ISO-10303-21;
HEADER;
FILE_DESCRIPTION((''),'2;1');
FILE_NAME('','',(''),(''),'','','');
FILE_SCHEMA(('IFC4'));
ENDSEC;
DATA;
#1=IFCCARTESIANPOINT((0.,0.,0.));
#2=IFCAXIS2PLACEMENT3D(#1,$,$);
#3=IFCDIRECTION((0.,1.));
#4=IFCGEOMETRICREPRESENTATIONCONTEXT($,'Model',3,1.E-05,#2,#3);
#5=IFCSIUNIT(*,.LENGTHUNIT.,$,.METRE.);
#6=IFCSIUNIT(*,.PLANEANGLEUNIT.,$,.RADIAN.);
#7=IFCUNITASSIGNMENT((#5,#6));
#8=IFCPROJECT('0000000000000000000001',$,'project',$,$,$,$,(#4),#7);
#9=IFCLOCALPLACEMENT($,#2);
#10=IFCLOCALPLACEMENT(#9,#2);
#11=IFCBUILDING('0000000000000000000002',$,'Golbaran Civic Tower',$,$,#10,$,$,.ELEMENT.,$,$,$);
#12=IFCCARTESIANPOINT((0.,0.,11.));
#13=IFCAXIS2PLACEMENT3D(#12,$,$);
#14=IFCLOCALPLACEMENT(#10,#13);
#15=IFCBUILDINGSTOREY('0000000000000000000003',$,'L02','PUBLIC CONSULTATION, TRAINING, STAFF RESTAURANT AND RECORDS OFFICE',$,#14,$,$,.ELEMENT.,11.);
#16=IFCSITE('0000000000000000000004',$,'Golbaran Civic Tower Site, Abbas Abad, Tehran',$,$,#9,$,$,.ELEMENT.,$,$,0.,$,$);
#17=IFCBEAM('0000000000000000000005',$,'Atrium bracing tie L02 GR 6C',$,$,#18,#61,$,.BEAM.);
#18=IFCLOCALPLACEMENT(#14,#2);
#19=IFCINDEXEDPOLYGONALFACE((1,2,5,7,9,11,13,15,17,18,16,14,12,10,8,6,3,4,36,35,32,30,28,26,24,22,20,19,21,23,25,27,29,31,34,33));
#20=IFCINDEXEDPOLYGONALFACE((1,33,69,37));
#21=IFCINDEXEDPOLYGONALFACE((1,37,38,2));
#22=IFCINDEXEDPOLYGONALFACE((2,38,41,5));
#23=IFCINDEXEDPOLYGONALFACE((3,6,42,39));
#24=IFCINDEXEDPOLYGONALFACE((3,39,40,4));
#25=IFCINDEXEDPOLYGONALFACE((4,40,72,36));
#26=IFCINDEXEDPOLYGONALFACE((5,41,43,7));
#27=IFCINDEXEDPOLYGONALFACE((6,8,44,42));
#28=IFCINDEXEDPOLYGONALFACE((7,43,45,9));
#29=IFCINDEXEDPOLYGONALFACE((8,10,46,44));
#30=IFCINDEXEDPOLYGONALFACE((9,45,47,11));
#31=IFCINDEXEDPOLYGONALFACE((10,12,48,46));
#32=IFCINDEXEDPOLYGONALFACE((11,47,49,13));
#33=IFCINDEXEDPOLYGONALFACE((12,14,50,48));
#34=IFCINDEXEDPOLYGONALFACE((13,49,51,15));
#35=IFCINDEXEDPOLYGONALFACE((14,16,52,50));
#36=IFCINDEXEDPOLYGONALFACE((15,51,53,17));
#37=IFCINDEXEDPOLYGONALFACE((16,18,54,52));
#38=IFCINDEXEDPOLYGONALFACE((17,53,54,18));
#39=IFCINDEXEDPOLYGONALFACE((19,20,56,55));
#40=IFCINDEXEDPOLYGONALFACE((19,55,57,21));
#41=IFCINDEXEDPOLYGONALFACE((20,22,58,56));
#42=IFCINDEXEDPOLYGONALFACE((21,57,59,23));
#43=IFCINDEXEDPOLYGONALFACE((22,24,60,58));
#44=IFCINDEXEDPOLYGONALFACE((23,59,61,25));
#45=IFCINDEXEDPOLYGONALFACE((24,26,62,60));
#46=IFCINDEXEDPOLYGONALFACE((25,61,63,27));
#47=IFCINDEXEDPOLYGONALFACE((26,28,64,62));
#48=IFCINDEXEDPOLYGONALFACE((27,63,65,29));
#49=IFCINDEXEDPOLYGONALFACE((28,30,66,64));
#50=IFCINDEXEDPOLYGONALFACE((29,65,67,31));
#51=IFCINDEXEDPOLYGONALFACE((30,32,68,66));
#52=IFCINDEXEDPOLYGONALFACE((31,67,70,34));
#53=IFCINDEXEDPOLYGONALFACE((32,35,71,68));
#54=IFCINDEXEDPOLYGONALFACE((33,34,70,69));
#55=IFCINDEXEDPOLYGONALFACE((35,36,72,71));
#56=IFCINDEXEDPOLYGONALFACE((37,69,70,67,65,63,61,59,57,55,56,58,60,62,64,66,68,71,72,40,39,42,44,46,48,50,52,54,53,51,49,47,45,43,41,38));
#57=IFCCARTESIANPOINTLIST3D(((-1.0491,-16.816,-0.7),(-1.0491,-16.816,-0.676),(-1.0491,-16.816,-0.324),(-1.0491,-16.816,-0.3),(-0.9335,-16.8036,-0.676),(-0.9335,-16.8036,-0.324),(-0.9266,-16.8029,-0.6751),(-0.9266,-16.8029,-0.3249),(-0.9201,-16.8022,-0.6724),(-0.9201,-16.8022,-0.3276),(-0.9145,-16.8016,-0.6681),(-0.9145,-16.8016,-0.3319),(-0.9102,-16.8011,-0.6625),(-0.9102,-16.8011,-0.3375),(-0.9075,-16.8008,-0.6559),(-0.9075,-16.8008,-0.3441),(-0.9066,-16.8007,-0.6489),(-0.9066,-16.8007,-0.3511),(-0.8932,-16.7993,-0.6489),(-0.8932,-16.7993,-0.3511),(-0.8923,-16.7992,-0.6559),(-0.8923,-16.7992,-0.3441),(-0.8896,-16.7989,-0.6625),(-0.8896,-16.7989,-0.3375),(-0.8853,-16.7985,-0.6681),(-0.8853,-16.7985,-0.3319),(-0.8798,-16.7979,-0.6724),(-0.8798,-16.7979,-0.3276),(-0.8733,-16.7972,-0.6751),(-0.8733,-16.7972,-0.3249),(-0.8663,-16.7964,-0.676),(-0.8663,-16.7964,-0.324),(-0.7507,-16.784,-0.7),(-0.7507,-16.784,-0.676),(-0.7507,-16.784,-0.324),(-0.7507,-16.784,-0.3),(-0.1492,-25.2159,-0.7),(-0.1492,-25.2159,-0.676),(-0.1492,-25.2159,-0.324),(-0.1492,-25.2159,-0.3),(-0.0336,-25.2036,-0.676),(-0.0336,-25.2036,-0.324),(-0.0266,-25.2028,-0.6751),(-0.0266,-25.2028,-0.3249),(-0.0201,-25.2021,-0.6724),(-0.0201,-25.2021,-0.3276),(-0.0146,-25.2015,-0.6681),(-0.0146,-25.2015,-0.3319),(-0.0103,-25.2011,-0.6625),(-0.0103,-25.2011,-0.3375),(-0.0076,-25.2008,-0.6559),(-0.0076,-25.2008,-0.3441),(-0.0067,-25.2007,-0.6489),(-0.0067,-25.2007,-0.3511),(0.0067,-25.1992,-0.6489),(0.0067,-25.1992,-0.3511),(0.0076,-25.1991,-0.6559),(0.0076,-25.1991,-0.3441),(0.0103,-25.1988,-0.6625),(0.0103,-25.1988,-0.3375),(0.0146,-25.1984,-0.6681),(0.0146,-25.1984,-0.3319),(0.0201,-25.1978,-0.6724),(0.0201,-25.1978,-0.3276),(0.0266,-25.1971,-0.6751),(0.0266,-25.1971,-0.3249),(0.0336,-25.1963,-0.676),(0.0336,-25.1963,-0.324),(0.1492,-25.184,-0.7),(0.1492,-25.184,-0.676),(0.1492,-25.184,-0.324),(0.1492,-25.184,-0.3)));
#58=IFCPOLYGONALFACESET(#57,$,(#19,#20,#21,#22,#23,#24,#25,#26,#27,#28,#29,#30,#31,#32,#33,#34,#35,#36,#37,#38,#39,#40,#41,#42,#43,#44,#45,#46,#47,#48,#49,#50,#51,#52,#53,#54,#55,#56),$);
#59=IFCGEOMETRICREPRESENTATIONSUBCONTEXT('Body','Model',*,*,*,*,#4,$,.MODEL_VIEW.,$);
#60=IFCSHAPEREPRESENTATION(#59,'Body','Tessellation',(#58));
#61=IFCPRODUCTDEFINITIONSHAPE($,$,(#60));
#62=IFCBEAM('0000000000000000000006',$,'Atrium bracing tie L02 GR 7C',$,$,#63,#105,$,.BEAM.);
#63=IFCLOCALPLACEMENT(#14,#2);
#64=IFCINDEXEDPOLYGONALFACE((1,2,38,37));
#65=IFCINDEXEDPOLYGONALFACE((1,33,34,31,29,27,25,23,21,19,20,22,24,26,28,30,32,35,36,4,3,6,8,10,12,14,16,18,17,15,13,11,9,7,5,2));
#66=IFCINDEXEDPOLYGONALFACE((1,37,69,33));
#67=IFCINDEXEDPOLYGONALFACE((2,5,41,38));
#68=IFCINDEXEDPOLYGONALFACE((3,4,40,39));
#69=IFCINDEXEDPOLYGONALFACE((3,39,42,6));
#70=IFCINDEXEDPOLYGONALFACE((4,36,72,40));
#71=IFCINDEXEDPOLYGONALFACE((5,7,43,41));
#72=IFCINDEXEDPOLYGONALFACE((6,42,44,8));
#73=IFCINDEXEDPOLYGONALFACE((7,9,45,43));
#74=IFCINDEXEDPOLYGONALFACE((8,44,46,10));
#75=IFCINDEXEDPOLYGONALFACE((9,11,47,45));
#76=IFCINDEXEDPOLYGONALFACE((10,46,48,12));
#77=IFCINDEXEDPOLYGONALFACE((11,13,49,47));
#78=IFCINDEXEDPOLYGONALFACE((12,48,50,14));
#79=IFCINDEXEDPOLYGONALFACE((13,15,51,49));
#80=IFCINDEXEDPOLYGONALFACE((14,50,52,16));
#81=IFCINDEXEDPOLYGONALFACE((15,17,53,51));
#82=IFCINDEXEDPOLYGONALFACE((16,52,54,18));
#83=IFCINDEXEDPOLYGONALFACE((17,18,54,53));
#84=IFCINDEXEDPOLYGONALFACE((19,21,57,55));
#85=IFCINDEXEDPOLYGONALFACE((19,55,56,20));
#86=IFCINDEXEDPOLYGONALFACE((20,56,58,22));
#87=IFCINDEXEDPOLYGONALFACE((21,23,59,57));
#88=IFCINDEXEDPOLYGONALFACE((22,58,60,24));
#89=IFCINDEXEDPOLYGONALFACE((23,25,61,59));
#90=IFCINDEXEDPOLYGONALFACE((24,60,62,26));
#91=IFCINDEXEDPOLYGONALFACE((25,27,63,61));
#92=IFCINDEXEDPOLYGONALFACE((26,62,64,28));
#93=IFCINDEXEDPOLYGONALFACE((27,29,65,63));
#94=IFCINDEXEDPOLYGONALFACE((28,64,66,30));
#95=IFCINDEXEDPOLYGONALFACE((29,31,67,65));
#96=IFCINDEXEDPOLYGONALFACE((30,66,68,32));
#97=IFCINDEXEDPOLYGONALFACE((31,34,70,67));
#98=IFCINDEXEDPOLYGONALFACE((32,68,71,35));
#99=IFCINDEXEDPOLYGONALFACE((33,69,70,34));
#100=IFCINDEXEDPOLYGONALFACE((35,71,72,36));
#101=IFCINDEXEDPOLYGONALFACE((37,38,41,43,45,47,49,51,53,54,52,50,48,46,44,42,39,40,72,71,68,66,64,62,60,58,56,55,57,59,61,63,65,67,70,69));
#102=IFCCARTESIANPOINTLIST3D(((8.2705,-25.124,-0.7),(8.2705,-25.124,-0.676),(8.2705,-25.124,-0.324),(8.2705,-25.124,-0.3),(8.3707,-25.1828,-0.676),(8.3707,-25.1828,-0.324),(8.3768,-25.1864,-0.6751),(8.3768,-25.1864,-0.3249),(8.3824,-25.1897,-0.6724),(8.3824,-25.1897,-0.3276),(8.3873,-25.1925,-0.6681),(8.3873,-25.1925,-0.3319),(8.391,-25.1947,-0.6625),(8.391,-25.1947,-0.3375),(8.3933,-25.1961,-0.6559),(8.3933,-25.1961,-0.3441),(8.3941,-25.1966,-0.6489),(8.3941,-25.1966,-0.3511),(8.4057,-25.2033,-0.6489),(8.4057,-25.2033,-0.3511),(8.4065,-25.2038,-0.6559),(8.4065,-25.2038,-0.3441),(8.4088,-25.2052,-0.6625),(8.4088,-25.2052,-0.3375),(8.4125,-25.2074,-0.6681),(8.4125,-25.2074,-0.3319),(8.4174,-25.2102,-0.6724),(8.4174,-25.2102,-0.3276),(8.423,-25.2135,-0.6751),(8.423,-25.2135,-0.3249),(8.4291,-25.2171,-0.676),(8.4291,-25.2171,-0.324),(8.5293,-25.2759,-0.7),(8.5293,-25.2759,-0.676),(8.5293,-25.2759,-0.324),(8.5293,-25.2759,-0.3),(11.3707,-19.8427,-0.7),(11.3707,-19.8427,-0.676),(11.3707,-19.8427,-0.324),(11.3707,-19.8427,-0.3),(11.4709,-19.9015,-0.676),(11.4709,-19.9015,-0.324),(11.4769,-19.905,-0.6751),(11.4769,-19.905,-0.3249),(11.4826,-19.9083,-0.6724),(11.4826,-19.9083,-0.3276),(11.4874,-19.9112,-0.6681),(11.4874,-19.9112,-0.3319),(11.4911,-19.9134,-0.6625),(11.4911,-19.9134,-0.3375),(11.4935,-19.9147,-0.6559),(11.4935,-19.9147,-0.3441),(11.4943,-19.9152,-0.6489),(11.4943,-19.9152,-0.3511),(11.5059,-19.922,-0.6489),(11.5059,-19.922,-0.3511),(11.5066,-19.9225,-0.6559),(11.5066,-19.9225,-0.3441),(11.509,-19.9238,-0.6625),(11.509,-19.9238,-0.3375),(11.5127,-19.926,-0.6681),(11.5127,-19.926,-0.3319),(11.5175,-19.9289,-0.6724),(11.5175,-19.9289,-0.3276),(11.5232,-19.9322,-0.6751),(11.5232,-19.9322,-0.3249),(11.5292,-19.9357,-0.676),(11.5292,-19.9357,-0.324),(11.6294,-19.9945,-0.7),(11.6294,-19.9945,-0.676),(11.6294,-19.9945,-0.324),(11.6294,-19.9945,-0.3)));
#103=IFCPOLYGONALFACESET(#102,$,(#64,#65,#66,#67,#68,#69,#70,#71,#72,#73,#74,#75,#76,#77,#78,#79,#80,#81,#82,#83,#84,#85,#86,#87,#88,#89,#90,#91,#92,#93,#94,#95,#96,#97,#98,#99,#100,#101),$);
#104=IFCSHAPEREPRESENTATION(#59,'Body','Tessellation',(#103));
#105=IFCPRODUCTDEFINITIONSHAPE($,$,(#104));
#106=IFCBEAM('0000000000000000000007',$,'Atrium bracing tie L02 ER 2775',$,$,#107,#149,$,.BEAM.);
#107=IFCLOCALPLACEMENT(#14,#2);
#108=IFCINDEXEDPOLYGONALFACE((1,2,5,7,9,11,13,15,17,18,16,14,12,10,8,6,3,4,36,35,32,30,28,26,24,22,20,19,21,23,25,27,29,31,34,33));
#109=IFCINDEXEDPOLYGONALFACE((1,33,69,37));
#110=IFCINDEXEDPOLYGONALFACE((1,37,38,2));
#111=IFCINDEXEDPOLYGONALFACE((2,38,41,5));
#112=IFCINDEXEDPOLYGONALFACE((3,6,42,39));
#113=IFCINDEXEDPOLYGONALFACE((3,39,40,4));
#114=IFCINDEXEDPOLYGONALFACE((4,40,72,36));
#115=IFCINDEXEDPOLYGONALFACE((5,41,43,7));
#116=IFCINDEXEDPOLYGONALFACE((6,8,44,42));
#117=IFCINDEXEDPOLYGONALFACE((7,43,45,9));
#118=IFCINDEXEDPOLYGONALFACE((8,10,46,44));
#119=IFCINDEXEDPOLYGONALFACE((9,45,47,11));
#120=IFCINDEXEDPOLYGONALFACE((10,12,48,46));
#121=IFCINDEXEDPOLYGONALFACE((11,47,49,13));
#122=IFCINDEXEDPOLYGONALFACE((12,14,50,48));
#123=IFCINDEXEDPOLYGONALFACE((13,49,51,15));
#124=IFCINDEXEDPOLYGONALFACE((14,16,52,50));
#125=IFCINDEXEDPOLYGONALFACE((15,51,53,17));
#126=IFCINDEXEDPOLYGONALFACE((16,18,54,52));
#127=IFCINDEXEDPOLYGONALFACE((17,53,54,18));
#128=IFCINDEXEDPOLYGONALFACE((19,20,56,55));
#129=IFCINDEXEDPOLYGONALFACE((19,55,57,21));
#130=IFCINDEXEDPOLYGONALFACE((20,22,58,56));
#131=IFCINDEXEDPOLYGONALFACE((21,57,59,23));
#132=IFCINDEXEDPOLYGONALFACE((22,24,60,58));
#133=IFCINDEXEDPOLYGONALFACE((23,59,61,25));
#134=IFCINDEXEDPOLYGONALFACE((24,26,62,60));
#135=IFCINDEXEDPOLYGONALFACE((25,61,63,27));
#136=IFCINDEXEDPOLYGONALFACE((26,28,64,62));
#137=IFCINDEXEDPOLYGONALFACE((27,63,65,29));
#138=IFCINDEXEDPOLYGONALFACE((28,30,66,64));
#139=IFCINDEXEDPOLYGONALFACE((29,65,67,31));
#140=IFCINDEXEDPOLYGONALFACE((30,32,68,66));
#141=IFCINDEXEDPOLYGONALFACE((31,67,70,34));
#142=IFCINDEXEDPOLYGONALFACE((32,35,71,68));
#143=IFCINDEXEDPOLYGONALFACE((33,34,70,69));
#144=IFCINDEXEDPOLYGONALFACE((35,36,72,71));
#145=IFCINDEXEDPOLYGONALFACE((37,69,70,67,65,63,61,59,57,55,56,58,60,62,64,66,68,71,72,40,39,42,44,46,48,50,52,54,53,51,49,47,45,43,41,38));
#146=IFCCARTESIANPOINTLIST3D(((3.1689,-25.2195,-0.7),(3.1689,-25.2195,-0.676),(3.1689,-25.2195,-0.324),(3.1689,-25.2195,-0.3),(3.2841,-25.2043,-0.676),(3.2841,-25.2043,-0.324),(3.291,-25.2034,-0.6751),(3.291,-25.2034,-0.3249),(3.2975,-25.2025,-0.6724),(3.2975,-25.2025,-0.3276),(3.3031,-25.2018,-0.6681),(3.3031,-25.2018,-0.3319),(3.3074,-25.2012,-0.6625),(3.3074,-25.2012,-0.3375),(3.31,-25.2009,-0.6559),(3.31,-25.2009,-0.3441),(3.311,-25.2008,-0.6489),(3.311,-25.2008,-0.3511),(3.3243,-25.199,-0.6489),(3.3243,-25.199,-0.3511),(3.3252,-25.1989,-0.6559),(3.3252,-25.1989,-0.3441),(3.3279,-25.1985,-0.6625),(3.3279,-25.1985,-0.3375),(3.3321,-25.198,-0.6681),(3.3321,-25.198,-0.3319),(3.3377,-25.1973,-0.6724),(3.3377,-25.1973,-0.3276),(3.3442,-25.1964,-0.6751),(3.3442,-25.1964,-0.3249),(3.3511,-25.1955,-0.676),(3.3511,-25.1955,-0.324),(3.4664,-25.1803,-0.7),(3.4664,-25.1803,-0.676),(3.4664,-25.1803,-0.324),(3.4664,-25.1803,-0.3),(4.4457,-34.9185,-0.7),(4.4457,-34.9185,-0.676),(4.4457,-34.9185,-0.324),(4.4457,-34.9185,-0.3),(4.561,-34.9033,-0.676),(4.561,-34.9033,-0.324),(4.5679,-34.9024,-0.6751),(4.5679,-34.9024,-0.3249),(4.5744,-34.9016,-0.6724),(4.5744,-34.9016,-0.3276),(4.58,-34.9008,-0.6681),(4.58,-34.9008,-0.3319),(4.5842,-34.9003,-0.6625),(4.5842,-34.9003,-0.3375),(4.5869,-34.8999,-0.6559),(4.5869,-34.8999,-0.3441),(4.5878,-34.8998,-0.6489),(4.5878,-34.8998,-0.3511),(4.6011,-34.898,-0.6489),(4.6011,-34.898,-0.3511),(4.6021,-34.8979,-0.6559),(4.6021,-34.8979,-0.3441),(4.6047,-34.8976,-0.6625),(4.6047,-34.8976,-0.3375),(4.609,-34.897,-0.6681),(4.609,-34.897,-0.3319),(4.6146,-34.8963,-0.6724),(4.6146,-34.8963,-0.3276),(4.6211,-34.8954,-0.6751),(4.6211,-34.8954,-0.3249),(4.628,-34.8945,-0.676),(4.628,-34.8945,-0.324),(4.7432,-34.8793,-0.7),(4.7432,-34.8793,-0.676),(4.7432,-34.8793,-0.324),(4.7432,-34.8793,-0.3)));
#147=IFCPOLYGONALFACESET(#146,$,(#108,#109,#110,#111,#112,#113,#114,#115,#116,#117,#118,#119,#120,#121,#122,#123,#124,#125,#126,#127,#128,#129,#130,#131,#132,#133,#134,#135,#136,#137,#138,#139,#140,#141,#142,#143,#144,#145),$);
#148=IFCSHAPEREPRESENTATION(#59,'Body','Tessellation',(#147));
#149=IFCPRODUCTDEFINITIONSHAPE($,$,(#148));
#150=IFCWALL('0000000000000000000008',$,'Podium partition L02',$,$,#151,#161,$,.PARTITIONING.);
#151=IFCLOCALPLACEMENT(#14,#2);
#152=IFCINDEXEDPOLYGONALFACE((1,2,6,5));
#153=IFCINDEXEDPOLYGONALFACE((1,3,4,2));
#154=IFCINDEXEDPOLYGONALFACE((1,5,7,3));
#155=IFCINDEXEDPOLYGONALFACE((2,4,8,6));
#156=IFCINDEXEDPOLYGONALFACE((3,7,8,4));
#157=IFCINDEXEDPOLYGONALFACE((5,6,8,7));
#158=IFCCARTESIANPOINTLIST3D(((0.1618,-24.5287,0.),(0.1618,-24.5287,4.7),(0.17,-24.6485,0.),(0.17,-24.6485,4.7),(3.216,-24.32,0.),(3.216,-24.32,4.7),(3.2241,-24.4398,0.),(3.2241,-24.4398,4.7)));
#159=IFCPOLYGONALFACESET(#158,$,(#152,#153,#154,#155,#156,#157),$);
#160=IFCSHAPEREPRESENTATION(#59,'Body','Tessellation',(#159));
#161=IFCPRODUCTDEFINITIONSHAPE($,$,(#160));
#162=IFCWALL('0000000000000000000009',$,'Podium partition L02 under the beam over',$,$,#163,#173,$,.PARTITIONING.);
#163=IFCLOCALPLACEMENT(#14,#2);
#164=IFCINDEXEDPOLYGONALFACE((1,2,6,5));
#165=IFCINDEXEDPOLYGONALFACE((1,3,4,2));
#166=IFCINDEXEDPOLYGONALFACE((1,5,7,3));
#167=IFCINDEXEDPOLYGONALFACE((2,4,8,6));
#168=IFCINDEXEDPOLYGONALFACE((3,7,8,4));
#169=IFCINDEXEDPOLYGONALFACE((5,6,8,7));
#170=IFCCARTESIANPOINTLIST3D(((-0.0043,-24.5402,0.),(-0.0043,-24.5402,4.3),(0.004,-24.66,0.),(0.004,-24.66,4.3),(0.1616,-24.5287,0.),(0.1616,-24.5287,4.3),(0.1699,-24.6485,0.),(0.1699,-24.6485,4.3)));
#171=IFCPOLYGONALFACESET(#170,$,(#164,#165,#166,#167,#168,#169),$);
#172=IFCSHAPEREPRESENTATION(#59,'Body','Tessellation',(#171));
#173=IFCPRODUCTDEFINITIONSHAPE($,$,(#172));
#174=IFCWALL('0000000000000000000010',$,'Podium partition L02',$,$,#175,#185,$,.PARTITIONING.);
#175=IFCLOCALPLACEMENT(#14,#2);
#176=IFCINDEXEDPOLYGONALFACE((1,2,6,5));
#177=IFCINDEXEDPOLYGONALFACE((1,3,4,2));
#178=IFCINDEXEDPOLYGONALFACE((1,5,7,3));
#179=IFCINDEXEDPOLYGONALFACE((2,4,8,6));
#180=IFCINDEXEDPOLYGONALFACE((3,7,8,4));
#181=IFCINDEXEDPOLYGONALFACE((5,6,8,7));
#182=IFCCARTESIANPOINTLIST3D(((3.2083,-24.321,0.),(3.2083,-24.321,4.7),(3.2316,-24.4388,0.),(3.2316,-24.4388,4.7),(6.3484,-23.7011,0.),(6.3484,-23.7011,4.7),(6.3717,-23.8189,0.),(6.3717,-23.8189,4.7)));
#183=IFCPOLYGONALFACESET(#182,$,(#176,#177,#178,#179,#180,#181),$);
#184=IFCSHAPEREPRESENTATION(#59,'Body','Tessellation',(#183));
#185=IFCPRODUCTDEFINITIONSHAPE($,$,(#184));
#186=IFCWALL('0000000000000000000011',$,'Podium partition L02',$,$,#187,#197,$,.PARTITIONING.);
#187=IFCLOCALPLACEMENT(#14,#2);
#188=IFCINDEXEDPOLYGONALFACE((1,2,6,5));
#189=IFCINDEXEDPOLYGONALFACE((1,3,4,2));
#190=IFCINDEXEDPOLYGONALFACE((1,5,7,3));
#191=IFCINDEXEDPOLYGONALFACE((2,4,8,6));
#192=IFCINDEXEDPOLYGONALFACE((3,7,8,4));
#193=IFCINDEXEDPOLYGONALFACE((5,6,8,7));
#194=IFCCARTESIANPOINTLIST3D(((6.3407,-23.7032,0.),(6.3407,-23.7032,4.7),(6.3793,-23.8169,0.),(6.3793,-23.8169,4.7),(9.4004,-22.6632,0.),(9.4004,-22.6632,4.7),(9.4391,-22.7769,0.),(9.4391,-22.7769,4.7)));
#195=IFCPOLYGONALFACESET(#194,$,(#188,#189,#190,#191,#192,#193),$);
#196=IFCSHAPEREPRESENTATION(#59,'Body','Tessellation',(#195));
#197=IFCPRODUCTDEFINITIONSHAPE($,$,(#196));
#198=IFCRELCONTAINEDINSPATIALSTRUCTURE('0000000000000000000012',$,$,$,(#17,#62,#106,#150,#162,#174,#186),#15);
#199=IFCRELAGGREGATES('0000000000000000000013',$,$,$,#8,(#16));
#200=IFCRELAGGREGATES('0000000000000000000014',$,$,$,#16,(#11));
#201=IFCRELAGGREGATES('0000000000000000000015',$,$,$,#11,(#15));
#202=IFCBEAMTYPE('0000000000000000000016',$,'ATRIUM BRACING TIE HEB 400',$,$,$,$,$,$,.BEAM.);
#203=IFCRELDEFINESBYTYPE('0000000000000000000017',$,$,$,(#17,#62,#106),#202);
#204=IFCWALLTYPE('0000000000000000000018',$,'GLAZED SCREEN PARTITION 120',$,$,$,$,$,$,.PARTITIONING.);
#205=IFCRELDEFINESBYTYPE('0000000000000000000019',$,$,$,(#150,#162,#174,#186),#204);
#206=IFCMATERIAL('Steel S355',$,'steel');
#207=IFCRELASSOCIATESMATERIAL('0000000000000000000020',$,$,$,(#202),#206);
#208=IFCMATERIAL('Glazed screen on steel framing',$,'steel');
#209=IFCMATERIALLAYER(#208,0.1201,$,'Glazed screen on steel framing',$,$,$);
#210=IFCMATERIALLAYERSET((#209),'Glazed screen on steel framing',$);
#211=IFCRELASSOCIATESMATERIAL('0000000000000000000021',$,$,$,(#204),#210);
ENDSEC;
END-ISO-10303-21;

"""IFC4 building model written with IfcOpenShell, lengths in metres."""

from ifc_helpers import new_model, si_unit, direction, frame, frame_2d, origin, origin_2d, place, context, subcontext, project, spatial, rectangle, i_section, extrude, material, layer, layer_set, material_profile, profile_set, type_object, element, save


model = new_model("IFC4")

# Units and contexts
model_context = context("Model", 3, precision=1e-05, world=origin(), true_north=direction((0.0, 1.0)))
body_context = subcontext(model_context, "Body", "Model", "MODEL_VIEW")
ifc_project = project(units=[si_unit("LENGTHUNIT", "METRE"), si_unit("PLANEANGLEUNIT", "RADIAN")], contexts=[model_context])

# Site, building, storey
site_placement = place(None, origin())
site = spatial("IfcSite", under=ifc_project, at=site_placement, Name="Golbaran Civic Tower Site, Abbas Abad, Tehran", CompositionType="ELEMENT", RefElevation=0.0)
building_placement = place(site_placement, origin())
building = spatial("IfcBuilding", under=site, at=building_placement, Name="Golbaran Civic Tower", CompositionType="ELEMENT")
storey_placement = place(building_placement, frame((0.0, 0.0, 11.0)))
storey = spatial("IfcBuildingStorey", under=building, at=storey_placement, Name="L02", Description="PUBLIC CONSULTATION, TRAINING, STAFF RESTAURANT AND RECORDS OFFICE", CompositionType="ELEMENT", Elevation=11.0)

# Beams
ifc_material_1 = material(Name="Steel S355", Category="steel")
ifc_material_profile_1 = material_profile(ifc_material_1, i_section(OverallWidth=0.3, OverallDepth=0.3999, WebThickness=0.0134, FlangeThickness=0.0239, FilletRadius=0.0271, at=origin_2d()), Name="HEB 400")
ifc_profile_set_1 = profile_set([ifc_material_profile_1], Name="Steel S355")
beam_type = type_object("IfcBeamType", Name="ATRIUM BRACING TIE HEB 400", PredefinedType="BEAM", material=ifc_profile_set_1)
beam_1_placement = place(storey_placement, frame((0.0, -25.2, -0.5), z_axis=(-0.106523, 0.99431, 0.0), x_axis=(-0.99431, -0.106523, 0.0)))
element("IfcBeam", 1, at=beam_1_placement, inside=storey, type_object=beam_type, Name="Atrium bracing tie L02 GR 6C", PredefinedType="BEAM", context=body_context, shape_type="SweptSolid", body=[
    extrude(i_section(OverallWidth=0.3, OverallDepth=0.3999, WebThickness=0.0134, FlangeThickness=0.0239, FilletRadius=0.0271, at=origin_2d()), origin(), (0.0, 0.0, 1.0), 8.448),
])
beam_2_placement = place(storey_placement, frame((8.3999, -25.2, -0.5), z_axis=(0.506229, 0.862399, 0.0), x_axis=(-0.862399, 0.506229, 0.0)))
element("IfcBeam", 2, at=beam_2_placement, inside=storey, type_object=beam_type, Name="Atrium bracing tie L02 GR 7C", PredefinedType="BEAM", context=body_context, shape_type="SweptSolid", body=[
    extrude(i_section(OverallWidth=0.3, OverallDepth=0.3999, WebThickness=0.0134, FlangeThickness=0.0239, FilletRadius=0.0271, at=origin_2d()), origin(), (0.0, 0.0, 1.0), 6.124),
])
beam_3_placement = place(storey_placement, frame((4.5945, -34.8989, -0.5), z_axis=(-0.130522, 0.991445, 0.0), x_axis=(-0.991445, -0.130522, 0.0)))
element("IfcBeam", 3, at=beam_3_placement, inside=storey, type_object=beam_type, Name="Atrium bracing tie L02 ER 2775", PredefinedType="BEAM", context=body_context, shape_type="SweptSolid", body=[
    extrude(i_section(OverallWidth=0.3, OverallDepth=0.3999, WebThickness=0.0134, FlangeThickness=0.0239, FilletRadius=0.0271, at=origin_2d()), origin(), (0.0, 0.0, 1.0), 9.7827),
])

# Walls
ifc_material_2 = material(Name="Glazed screen on steel framing", Category="steel")
ifc_layer = layer(ifc_material_2, 0.1201, Name="Glazed screen on steel framing")
ifc_layer_set = layer_set([ifc_layer], Name="Glazed screen on steel framing")
wall_type = type_object("IfcWallType", Name="GLAZED SCREEN PARTITION 120", PredefinedType="PARTITIONING", material=ifc_layer_set)
wall_1_placement = place(storey_placement, frame((0.1658, -24.5886, 0.0), z_axis=(0.0, 0.0, 1.0), x_axis=(0.997673, 0.068186, 0.0)))
element("IfcWall", 4, at=wall_1_placement, inside=storey, type_object=wall_type, Name="Podium partition L02", PredefinedType="PARTITIONING", context=body_context, shape_type="SweptSolid", body=[
    extrude(rectangle(XDim=3.0613, YDim=0.1201, at=frame_2d((1.5308, 0.0))), origin(), (0.0, 0.0, 1.0), 4.7),
])
wall_2_placement = place(storey_placement, frame((0.0, -24.6001, 0.0), z_axis=(0.0, 0.0, 1.0), x_axis=(0.997613, 0.069054, 0.0)))
element("IfcWall", 5, at=wall_2_placement, inside=storey, type_object=wall_type, Name="Podium partition L02 under the beam over", PredefinedType="PARTITIONING", context=body_context, shape_type="SweptSolid", body=[
    extrude(rectangle(XDim=0.1663, YDim=0.1201, at=frame_2d((0.083, 0.0))), origin(), (0.0, 0.0, 1.0), 4.3),
])
wall_3_placement = place(storey_placement, frame((3.22, -24.3799, 0.0), z_axis=(0.0, 0.0, 1.0), x_axis=(0.981068, 0.193666, 0.0)))
element("IfcWall", 6, at=wall_3_placement, inside=storey, type_object=wall_type, Name="Podium partition L02", PredefinedType="PARTITIONING", context=body_context, shape_type="SweptSolid", body=[
    extrude(rectangle(XDim=3.2007, YDim=0.1201, at=frame_2d((1.6003, 0.0))), origin(), (0.0, 0.0, 1.0), 4.7),
])
wall_4_placement = place(storey_placement, frame((6.3601, -23.76, 0.0), z_axis=(0.0, 0.0, 1.0), x_axis=(0.946801, 0.32182, 0.0)))
element("IfcWall", 7, at=wall_4_placement, inside=storey, type_object=wall_type, Name="Podium partition L02", PredefinedType="PARTITIONING", context=body_context, shape_type="SweptSolid", body=[
    extrude(rectangle(XDim=3.2317, YDim=0.1201, at=frame_2d((1.6157, 0.0))), origin(), (0.0, 0.0, 1.0), 4.7),
])

save(model, "model.ifc")
